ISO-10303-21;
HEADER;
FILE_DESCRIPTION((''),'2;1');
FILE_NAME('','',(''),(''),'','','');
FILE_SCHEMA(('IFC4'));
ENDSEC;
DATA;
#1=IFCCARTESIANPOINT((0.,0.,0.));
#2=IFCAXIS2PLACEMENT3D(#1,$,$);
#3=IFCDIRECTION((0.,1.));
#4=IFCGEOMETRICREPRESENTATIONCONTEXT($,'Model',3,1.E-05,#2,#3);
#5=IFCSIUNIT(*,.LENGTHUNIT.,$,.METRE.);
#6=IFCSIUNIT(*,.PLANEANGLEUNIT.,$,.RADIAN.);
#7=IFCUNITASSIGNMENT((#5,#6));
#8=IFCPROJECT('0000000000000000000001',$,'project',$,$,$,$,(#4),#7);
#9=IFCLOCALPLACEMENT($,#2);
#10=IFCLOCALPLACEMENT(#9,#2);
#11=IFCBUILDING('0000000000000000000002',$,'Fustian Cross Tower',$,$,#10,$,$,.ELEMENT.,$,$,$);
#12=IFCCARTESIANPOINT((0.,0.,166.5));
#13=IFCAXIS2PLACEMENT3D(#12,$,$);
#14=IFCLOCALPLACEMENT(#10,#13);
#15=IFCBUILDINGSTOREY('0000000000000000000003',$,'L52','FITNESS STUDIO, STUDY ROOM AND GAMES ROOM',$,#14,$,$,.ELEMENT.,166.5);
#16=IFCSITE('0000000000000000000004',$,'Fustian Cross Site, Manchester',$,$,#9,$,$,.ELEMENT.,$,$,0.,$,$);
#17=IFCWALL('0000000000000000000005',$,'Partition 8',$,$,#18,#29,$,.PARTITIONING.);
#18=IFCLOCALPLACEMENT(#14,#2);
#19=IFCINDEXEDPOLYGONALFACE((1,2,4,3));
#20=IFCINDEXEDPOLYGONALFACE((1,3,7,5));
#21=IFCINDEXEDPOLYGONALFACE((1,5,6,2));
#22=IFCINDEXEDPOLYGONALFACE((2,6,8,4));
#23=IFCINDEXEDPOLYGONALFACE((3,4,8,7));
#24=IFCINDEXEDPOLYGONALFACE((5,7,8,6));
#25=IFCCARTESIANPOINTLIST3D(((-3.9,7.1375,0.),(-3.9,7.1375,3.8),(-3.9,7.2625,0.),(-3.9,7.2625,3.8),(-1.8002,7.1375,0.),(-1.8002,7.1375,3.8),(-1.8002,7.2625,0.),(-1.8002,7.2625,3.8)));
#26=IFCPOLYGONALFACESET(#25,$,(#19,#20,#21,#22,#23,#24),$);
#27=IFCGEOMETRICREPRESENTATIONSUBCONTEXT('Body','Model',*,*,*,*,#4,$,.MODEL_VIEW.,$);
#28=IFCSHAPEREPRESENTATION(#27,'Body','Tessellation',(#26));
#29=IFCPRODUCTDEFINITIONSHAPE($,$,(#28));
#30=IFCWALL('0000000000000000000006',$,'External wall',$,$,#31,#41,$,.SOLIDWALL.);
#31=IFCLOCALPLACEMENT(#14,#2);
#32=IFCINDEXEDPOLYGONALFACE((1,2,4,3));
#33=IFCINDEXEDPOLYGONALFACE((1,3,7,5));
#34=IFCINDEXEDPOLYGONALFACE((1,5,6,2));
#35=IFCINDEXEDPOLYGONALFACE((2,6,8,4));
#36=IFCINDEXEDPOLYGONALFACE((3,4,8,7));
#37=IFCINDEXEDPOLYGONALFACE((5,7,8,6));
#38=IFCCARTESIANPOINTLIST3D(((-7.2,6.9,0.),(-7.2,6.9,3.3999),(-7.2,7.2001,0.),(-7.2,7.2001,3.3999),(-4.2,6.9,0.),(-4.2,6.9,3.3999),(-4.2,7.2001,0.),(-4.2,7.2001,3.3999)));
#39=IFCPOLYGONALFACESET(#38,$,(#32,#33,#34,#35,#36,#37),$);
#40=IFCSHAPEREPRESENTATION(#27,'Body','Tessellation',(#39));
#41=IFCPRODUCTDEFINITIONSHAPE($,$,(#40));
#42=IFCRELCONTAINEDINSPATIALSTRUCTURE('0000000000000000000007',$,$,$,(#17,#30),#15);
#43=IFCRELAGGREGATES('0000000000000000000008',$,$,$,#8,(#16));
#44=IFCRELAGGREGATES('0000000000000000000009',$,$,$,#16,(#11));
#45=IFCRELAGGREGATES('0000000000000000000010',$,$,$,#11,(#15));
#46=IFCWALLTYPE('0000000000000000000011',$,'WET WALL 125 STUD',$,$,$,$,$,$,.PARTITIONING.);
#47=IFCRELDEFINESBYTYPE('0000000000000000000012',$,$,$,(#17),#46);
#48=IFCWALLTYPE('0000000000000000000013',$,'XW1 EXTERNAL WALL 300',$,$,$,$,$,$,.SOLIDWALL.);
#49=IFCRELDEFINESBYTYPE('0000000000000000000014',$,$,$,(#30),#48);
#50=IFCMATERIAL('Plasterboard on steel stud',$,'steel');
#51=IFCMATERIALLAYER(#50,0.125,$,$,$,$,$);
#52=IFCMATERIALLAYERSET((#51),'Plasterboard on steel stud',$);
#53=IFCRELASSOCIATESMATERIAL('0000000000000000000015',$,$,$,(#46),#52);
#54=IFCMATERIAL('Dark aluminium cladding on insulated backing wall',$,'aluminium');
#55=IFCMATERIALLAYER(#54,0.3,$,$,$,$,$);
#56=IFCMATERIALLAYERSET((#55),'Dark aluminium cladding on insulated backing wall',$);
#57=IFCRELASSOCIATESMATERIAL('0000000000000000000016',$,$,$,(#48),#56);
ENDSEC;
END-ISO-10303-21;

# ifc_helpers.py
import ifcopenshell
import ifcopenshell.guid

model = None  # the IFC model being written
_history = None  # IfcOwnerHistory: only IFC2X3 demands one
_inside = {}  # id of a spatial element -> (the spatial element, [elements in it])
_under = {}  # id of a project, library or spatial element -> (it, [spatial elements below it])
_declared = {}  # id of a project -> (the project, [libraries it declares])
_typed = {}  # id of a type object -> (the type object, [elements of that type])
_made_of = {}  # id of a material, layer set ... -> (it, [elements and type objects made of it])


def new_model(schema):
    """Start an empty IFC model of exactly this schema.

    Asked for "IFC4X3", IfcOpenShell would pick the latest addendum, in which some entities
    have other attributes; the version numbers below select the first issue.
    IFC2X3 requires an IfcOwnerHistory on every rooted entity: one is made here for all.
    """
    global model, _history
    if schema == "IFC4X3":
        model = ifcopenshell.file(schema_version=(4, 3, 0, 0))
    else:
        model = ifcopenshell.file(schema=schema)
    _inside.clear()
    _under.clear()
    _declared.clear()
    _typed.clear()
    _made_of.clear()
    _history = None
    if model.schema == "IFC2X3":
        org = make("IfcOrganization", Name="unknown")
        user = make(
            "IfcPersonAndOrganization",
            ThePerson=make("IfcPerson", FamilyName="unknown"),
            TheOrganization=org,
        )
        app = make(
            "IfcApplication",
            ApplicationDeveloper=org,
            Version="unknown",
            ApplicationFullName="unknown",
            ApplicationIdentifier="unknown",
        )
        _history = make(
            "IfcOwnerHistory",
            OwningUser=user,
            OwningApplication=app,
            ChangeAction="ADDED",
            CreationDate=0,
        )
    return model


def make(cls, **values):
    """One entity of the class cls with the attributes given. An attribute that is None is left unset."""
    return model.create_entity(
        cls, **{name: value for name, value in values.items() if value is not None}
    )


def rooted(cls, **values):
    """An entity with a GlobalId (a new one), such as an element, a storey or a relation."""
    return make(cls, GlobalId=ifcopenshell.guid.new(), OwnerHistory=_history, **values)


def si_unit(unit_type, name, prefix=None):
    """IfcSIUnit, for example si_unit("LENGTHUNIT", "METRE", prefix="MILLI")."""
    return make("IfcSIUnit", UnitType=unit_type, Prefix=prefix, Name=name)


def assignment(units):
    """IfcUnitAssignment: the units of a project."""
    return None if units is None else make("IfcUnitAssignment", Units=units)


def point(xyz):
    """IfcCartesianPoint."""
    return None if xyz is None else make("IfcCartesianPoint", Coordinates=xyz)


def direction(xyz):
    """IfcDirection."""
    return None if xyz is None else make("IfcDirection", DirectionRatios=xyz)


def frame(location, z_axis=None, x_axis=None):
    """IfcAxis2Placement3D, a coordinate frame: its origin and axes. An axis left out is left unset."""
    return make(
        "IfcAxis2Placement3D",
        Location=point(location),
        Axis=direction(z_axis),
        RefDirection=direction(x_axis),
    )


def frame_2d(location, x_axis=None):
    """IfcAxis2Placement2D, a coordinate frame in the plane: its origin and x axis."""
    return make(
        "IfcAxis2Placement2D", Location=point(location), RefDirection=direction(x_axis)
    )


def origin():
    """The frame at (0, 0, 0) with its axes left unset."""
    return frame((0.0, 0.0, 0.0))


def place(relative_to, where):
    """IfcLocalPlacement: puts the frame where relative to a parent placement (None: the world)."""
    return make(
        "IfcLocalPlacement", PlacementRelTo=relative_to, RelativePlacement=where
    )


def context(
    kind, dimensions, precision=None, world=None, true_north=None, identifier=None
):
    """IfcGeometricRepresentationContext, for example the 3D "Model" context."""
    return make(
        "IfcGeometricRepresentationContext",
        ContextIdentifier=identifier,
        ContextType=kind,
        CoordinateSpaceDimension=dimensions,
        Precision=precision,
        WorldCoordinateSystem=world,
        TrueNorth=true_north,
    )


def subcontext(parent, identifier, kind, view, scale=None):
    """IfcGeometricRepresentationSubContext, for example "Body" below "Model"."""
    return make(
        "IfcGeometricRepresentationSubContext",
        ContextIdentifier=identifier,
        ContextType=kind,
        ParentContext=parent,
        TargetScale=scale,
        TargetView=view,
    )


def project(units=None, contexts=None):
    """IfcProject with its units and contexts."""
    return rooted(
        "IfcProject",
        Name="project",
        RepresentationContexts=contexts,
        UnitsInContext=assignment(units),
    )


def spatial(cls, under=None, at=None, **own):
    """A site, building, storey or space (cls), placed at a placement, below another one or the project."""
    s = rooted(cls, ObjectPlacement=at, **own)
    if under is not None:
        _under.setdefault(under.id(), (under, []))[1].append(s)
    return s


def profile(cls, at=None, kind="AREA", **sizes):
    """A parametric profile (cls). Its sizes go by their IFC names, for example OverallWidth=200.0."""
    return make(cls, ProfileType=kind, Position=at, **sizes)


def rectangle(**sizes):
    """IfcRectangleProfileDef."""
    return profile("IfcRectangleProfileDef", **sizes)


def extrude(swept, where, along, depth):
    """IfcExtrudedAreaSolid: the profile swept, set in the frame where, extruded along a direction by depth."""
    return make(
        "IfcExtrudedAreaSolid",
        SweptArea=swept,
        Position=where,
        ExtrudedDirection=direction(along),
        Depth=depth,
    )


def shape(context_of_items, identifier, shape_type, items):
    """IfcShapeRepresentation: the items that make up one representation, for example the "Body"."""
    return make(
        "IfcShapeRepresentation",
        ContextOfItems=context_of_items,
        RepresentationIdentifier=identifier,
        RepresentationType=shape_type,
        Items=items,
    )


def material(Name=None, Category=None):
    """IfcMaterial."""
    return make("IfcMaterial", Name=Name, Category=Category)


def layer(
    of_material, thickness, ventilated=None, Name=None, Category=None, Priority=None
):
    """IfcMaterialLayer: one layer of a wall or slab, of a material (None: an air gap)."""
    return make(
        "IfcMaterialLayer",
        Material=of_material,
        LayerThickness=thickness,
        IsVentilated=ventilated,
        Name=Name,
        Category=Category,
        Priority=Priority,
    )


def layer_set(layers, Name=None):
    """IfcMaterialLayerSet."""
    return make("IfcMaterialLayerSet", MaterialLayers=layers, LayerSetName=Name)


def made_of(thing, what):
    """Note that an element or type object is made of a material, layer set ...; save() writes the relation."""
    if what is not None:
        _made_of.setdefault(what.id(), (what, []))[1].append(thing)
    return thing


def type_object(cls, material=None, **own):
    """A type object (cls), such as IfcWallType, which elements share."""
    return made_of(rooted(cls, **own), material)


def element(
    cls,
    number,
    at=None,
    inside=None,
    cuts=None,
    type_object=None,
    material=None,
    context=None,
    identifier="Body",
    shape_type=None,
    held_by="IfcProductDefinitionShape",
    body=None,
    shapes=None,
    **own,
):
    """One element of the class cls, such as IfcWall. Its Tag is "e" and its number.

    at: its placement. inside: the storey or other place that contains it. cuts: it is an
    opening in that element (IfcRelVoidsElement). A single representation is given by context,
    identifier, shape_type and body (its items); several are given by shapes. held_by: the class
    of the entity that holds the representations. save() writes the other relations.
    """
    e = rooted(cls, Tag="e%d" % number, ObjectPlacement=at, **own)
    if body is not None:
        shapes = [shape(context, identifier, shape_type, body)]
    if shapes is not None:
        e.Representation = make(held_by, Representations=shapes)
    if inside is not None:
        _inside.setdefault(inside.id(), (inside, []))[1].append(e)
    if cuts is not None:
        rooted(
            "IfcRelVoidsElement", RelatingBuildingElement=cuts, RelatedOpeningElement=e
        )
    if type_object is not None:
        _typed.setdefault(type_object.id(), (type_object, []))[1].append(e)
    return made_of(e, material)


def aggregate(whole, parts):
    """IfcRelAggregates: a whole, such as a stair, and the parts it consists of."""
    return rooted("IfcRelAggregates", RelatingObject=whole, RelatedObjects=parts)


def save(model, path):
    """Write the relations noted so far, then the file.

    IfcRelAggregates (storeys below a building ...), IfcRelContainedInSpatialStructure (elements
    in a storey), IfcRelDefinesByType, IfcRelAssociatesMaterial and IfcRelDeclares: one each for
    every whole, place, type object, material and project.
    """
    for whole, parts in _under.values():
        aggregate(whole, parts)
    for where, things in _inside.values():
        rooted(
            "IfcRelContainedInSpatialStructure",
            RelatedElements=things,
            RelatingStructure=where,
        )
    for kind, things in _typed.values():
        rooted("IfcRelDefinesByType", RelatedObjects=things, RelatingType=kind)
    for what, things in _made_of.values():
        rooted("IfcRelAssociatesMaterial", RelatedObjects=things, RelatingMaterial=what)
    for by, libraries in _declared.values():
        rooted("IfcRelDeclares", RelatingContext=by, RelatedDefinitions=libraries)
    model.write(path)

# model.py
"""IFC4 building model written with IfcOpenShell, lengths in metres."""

from ifc_helpers import new_model, si_unit, direction, frame, frame_2d, origin, place, context, subcontext, project, spatial, rectangle, extrude, material, layer, layer_set, type_object, element, save


model = new_model("IFC4")

# Units and contexts
model_context = context("Model", 3, precision=1e-05, world=origin(), true_north=direction((0.0, 1.0)))
body_context = subcontext(model_context, "Body", "Model", "MODEL_VIEW")
ifc_project = project(units=[si_unit("LENGTHUNIT", "METRE"), si_unit("PLANEANGLEUNIT", "RADIAN")], contexts=[model_context])

# Site, building, storey
site_placement = place(None, origin())
site = spatial("IfcSite", under=ifc_project, at=site_placement, Name="Fustian Cross Site, Manchester", CompositionType="ELEMENT", RefElevation=0.0)
building_placement = place(site_placement, origin())
building = spatial("IfcBuilding", under=site, at=building_placement, Name="Fustian Cross Tower", CompositionType="ELEMENT")
storey_placement = place(building_placement, frame((0.0, 0.0, 166.5)))
storey = spatial("IfcBuildingStorey", under=building, at=storey_placement, Name="L52", Description="FITNESS STUDIO, STUDY ROOM AND GAMES ROOM", CompositionType="ELEMENT", Elevation=166.5)

# Walls
ifc_material_1 = material(Name="Plasterboard on steel stud", Category="steel")
ifc_layer_1 = layer(ifc_material_1, 0.125)
ifc_layer_set_1 = layer_set([ifc_layer_1], Name="Plasterboard on steel stud")
wall_type_1 = type_object("IfcWallType", Name="WET WALL 125 STUD", PredefinedType="PARTITIONING", material=ifc_layer_set_1)
wall_1_placement = place(storey_placement, frame((-3.8999, 7.2, 0.0), z_axis=(0.0, 0.0, 1.0), x_axis=(1.0, 0.0, 0.0)))
element("IfcWall", 1, at=wall_1_placement, inside=storey, type_object=wall_type_1, Name="Partition 8", PredefinedType="PARTITIONING", context=body_context, shape_type="SweptSolid", body=[
    extrude(rectangle(XDim=2.0999, YDim=0.125, at=frame_2d((1.0498, 0.0))), origin(), (0.0, 0.0, 1.0), 3.8),
])
ifc_material_2 = material(Name="Dark aluminium cladding on insulated backing wall", Category="aluminium")
ifc_layer_2 = layer(ifc_material_2, 0.3)
ifc_layer_set_2 = layer_set([ifc_layer_2], Name="Dark aluminium cladding on insulated backing wall")
wall_type_2 = type_object("IfcWallType", Name="XW1 EXTERNAL WALL 300", PredefinedType="SOLIDWALL", material=ifc_layer_set_2)
wall_2_placement = place(storey_placement, frame((-4.2, 7.05, 0.0), z_axis=(0.0, 0.0, 1.0), x_axis=(-1.0, 0.0, 0.0)))
element("IfcWall", 2, at=wall_2_placement, inside=storey, type_object=wall_type_2, Name="External wall", PredefinedType="SOLIDWALL", context=body_context, shape_type="SweptSolid", body=[
    extrude(rectangle(XDim=3.0, YDim=0.3, at=frame_2d((1.5, 0.0))), origin(), (0.0, 0.0, 1.0), 3.3999),
])

save(model, "model.ifc")
